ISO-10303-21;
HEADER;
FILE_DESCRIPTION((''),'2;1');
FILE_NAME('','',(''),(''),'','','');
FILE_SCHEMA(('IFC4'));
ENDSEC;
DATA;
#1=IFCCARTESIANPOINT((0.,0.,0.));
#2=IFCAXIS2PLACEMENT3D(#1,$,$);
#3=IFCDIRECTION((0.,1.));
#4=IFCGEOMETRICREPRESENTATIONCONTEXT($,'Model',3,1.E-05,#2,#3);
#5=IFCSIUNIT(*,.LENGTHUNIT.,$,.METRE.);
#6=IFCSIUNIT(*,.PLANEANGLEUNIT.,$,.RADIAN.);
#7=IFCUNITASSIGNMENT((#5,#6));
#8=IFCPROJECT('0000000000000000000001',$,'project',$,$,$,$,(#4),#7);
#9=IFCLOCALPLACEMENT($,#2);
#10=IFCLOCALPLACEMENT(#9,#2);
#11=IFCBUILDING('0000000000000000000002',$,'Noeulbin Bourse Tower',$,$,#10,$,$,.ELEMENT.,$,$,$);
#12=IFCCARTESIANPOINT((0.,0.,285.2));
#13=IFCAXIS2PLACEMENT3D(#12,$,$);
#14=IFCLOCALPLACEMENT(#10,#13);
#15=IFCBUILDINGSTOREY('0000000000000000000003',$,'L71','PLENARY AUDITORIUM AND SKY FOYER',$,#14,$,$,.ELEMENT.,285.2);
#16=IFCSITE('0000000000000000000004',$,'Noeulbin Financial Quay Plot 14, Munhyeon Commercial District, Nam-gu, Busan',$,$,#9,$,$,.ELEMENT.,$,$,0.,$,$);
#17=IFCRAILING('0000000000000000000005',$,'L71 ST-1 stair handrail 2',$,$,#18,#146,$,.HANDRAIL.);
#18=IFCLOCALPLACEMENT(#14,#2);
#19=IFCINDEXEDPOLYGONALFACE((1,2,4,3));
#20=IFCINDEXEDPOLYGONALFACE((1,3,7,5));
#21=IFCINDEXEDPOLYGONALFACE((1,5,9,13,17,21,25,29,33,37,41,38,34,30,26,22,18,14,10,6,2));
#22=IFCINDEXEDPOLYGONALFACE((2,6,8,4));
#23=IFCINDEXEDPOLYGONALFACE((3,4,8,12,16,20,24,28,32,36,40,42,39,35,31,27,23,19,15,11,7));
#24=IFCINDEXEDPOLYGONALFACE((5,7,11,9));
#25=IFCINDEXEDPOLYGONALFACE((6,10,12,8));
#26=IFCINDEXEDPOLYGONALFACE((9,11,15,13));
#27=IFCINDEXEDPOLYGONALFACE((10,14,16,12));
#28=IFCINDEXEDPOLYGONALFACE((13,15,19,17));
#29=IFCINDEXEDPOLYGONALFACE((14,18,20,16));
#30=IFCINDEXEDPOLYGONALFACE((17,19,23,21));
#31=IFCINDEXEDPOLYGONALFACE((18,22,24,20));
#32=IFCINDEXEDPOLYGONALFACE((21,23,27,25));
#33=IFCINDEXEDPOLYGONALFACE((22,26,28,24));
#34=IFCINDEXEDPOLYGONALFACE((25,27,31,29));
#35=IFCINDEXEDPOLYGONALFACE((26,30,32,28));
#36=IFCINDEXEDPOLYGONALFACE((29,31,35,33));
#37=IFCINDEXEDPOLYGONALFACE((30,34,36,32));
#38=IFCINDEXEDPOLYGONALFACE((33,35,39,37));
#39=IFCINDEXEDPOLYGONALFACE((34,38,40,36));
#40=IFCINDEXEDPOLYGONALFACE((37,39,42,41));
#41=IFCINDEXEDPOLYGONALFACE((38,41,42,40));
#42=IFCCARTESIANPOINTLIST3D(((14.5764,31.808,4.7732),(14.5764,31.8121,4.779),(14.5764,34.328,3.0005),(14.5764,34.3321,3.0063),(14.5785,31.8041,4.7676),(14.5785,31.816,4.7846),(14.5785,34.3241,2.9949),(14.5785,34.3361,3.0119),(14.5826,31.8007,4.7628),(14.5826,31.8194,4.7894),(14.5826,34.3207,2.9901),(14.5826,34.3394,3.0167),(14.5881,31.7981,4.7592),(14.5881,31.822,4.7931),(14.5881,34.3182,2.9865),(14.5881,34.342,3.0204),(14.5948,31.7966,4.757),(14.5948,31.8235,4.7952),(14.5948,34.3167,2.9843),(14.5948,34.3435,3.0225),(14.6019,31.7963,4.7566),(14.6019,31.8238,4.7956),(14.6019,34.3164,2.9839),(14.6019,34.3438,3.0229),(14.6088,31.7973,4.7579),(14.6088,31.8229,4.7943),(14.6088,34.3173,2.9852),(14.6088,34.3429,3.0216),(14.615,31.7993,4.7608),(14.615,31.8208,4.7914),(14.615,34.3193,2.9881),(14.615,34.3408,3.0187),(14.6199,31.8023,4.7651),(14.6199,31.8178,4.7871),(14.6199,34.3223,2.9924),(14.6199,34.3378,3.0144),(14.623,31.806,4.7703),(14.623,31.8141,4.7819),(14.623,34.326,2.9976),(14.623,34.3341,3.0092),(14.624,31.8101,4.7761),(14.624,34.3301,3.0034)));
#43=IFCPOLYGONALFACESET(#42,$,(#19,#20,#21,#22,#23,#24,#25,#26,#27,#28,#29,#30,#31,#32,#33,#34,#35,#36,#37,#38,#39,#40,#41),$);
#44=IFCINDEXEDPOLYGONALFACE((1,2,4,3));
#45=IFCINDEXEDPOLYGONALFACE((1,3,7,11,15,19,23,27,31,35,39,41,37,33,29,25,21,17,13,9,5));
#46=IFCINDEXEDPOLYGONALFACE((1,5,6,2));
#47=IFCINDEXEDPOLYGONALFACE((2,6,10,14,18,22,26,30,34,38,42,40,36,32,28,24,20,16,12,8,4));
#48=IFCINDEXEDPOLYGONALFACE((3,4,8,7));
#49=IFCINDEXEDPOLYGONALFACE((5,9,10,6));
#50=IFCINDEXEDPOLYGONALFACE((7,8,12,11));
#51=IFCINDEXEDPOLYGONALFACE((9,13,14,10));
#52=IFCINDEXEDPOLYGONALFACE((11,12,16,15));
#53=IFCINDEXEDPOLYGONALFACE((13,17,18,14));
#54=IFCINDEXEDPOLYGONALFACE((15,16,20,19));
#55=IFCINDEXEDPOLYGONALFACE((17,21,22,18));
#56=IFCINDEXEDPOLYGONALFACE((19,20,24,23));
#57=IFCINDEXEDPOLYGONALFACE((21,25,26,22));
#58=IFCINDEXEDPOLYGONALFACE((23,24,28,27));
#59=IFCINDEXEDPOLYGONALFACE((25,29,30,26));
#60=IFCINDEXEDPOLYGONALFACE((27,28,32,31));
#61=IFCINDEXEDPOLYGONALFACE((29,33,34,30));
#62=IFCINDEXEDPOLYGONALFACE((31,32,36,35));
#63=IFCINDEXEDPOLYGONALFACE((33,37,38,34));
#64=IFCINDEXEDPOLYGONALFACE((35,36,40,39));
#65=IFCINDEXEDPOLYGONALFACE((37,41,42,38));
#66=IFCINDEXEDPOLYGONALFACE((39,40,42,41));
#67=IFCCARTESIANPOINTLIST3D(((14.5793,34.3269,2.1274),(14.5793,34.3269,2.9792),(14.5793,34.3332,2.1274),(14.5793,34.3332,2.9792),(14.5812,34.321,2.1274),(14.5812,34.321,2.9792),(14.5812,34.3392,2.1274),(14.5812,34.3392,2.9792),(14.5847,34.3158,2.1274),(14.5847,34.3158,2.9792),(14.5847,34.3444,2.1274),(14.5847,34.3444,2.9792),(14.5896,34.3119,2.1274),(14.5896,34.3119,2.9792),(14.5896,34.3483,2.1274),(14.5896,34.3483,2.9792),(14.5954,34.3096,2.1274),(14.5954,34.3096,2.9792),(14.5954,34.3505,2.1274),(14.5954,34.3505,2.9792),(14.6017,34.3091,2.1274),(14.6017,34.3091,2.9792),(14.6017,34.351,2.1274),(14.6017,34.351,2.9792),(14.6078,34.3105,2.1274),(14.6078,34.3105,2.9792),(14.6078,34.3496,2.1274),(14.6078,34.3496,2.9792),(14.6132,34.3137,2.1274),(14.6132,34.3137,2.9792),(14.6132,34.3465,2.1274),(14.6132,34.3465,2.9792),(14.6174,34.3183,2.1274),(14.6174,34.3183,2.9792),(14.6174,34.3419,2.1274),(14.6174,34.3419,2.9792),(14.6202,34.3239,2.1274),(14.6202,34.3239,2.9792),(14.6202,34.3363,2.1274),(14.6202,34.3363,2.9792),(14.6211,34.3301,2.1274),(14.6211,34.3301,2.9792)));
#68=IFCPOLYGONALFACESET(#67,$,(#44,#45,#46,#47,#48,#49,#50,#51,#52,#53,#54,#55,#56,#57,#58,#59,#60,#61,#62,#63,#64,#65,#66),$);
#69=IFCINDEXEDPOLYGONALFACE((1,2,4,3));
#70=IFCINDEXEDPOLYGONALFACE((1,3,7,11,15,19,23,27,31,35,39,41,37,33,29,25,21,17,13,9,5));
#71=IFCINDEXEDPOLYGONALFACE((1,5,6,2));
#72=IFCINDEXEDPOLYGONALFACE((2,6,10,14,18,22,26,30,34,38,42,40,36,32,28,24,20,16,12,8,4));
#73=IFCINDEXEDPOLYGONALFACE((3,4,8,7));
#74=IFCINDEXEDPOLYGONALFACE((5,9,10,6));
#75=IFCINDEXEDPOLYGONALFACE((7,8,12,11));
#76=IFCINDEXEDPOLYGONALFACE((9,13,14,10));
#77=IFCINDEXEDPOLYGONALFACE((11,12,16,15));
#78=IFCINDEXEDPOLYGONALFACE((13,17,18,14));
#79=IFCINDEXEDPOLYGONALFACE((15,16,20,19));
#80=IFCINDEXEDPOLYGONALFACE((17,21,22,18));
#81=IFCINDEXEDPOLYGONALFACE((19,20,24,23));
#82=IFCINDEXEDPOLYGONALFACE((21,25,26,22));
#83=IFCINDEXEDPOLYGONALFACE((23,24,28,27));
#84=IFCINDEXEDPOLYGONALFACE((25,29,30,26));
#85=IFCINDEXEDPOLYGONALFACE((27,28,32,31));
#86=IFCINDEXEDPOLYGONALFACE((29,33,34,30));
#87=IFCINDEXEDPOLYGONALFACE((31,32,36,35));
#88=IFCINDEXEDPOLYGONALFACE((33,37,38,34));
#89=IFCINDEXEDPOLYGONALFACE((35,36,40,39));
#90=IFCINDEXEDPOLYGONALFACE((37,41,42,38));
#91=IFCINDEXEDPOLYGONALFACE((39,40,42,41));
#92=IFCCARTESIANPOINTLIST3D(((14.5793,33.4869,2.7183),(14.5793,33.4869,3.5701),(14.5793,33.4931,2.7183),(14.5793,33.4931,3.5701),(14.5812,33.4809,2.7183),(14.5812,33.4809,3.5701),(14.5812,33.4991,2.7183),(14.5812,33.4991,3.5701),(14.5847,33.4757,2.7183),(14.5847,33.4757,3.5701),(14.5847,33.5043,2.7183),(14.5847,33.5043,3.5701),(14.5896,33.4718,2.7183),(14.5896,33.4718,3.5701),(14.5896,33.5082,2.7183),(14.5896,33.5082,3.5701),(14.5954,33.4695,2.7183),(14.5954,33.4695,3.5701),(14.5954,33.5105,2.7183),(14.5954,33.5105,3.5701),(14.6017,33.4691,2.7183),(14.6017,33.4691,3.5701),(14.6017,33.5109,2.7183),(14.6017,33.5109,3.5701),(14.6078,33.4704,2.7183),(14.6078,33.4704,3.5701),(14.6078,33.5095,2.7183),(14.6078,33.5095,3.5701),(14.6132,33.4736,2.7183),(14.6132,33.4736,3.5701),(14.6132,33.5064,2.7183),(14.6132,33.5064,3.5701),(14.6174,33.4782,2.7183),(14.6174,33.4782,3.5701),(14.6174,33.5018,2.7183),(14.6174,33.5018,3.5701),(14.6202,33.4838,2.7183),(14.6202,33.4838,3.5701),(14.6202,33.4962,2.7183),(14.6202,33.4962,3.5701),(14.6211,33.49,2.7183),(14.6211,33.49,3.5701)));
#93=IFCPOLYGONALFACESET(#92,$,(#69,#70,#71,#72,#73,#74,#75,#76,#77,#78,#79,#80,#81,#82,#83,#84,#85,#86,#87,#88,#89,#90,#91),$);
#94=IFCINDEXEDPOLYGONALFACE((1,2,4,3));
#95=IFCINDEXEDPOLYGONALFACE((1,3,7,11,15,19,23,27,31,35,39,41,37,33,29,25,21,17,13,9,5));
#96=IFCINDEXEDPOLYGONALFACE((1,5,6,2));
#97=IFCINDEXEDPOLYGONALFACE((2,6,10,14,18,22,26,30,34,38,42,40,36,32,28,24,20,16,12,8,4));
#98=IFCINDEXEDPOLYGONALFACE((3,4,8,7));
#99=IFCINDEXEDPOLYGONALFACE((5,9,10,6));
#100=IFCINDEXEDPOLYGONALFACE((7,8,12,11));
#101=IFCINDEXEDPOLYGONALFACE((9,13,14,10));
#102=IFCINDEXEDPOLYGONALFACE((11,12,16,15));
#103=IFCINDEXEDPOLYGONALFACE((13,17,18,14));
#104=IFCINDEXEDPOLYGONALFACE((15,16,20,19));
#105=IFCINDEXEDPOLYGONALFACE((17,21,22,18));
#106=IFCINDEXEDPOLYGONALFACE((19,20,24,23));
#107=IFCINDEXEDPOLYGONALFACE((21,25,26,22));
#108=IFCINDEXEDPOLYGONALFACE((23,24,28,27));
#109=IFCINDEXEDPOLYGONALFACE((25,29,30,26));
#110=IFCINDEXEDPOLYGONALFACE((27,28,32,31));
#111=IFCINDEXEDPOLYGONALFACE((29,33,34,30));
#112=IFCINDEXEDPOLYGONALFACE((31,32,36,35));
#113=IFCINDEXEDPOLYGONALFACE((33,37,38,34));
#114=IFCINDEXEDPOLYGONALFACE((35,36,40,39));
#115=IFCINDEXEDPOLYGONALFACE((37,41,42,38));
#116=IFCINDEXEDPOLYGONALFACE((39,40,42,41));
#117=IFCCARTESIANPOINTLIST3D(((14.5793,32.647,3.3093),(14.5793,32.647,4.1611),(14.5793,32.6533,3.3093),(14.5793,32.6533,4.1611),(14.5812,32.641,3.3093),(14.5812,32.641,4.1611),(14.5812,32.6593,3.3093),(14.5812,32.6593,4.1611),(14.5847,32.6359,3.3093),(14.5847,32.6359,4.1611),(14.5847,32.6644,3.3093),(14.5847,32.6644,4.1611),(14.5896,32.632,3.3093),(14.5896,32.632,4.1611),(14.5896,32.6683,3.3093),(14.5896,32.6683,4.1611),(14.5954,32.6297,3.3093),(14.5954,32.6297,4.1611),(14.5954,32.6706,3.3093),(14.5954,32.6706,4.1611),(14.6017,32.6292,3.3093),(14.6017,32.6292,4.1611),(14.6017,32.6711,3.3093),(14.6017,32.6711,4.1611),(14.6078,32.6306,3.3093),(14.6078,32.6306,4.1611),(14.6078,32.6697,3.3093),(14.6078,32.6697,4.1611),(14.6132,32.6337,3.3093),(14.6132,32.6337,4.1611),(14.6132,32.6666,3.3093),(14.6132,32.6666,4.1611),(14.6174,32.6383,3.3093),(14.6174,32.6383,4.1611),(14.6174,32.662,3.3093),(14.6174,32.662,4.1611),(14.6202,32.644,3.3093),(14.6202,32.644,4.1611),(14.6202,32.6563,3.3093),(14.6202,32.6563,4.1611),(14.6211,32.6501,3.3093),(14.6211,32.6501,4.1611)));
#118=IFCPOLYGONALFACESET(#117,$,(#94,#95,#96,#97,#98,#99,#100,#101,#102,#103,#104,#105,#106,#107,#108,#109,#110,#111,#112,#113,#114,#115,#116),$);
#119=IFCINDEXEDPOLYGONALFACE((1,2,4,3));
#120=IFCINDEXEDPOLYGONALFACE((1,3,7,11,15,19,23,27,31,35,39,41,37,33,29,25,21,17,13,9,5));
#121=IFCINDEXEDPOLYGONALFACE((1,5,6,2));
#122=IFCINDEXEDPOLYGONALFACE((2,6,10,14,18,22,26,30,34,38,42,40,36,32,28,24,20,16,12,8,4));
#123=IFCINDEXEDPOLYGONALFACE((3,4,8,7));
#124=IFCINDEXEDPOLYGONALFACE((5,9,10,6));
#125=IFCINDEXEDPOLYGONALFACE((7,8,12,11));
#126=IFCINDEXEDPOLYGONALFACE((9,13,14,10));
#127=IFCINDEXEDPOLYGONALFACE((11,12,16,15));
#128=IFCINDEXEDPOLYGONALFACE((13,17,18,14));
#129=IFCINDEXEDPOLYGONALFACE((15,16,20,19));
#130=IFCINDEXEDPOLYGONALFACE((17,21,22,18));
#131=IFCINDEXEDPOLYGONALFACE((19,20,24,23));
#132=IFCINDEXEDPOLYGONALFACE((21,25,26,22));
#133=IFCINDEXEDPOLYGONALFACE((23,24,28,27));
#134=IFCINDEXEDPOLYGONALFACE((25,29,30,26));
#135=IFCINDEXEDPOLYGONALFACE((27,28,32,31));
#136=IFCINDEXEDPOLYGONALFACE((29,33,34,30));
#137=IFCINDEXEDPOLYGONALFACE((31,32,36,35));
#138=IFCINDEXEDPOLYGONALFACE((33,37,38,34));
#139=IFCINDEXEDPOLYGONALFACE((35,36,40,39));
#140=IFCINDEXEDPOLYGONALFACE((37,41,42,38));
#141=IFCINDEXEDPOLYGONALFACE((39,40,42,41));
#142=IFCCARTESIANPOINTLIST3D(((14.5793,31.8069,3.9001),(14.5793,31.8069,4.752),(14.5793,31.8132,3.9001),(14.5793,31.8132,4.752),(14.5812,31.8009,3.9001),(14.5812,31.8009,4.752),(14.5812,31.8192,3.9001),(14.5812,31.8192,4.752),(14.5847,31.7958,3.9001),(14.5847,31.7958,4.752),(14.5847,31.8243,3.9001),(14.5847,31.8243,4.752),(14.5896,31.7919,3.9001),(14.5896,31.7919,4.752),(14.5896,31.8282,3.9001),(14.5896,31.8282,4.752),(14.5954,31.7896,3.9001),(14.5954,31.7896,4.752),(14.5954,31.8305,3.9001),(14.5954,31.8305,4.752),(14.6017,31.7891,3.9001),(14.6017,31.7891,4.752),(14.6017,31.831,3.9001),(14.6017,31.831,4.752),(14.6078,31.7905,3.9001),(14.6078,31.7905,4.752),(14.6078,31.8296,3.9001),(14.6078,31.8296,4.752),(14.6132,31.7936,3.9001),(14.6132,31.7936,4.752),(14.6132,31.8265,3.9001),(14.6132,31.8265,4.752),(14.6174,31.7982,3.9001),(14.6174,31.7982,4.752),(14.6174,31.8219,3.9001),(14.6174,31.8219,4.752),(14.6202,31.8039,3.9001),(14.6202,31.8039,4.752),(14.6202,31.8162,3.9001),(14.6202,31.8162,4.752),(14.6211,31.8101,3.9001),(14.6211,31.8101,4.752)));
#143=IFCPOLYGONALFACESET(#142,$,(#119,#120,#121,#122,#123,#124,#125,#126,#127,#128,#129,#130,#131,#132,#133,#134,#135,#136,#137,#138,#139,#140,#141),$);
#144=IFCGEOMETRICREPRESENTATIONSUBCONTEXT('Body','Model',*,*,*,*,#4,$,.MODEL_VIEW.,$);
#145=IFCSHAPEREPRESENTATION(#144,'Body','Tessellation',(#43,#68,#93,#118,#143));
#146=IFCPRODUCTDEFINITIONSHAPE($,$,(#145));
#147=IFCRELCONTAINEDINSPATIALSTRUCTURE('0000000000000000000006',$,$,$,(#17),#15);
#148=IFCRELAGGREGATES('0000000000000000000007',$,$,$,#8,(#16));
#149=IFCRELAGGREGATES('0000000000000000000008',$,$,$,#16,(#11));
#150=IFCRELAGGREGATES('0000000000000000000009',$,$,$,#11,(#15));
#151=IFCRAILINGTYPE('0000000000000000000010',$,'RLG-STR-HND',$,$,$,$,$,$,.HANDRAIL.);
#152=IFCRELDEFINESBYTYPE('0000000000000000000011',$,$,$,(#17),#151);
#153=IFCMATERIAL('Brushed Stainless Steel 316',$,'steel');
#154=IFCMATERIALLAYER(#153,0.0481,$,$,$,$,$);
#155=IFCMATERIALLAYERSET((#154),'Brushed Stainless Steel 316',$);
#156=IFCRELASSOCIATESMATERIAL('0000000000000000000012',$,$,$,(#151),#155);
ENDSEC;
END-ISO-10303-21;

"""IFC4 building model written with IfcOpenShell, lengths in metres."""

from ifc_helpers import new_model, si_unit, direction, frame, origin, origin_2d, place, context, subcontext, project, spatial, circle, extrude, material, layer, layer_set, type_object, element, save


model = new_model("IFC4")

# Units and contexts
model_context = context("Model", 3, precision=1e-05, world=origin(), true_north=direction((0.0, 1.0)))
body_context = subcontext(model_context, "Body", "Model", "MODEL_VIEW")
ifc_project = project(units=[si_unit("LENGTHUNIT", "METRE"), si_unit("PLANEANGLEUNIT", "RADIAN")], contexts=[model_context])

# Site, building, storey
site_placement = place(None, origin())
site = spatial("IfcSite", under=ifc_project, at=site_placement, Name="Noeulbin Financial Quay Plot 14, Munhyeon Commercial District, Nam-gu, Busan", CompositionType="ELEMENT", RefElevation=0.0)
building_placement = place(site_placement, origin())
building = spatial("IfcBuilding", under=site, at=building_placement, Name="Noeulbin Bourse Tower", CompositionType="ELEMENT")
storey_placement = place(building_placement, frame((0.0, 0.0, 285.2)))
storey = spatial("IfcBuildingStorey", under=building, at=storey_placement, Name="L71", Description="PLENARY AUDITORIUM AND SKY FOYER", CompositionType="ELEMENT", Elevation=285.2)

# Shared definitions
ifc_material_1 = material(Name="Brushed Stainless Steel 316", Category="steel")

# Railing
ifc_layer_1 = layer(ifc_material_1, 0.0481)
ifc_layer_set_1 = layer_set([ifc_layer_1], Name="Brushed Stainless Steel 316")
railing_type_1 = type_object("IfcRailingType", Name="RLG-STR-HND", PredefinedType="HANDRAIL", material=ifc_layer_set_1)
railing_1_placement = place(storey_placement, frame((14.6001, 34.3301, 2.1274)))
element("IfcRailing", 1, at=railing_1_placement, inside=storey, type_object=railing_type_1, Name="L71 ST-1 stair handrail 2", PredefinedType="HANDRAIL", context=body_context, shape_type="SweptSolid", body=[
    extrude(circle(Radius=0.0239, at=origin_2d()), frame((0.0, 0.0, 0.876), z_axis=(0.0, -0.817904, 0.575354), x_axis=(1.0, 0.0, 0.0)), (0.0, 0.0, 1.0), 3.0811),
    extrude(circle(Radius=0.021, at=origin_2d()), origin(), (0.0, 0.0, 1.0), 0.8518),
    extrude(circle(Radius=0.021, at=origin_2d()), frame((0.0, -0.8401, 0.5908)), (0.0, 0.0, 1.0), 0.8518),
    extrude(circle(Radius=0.021, at=origin_2d()), frame((0.0, -1.6799, 1.1819)), (0.0, 0.0, 1.0), 0.8518),
    extrude(circle(Radius=0.021, at=origin_2d()), frame((0.0, -2.52, 1.7727)), (0.0, 0.0, 1.0), 0.8518),
])

save(model, "model.ifc")
